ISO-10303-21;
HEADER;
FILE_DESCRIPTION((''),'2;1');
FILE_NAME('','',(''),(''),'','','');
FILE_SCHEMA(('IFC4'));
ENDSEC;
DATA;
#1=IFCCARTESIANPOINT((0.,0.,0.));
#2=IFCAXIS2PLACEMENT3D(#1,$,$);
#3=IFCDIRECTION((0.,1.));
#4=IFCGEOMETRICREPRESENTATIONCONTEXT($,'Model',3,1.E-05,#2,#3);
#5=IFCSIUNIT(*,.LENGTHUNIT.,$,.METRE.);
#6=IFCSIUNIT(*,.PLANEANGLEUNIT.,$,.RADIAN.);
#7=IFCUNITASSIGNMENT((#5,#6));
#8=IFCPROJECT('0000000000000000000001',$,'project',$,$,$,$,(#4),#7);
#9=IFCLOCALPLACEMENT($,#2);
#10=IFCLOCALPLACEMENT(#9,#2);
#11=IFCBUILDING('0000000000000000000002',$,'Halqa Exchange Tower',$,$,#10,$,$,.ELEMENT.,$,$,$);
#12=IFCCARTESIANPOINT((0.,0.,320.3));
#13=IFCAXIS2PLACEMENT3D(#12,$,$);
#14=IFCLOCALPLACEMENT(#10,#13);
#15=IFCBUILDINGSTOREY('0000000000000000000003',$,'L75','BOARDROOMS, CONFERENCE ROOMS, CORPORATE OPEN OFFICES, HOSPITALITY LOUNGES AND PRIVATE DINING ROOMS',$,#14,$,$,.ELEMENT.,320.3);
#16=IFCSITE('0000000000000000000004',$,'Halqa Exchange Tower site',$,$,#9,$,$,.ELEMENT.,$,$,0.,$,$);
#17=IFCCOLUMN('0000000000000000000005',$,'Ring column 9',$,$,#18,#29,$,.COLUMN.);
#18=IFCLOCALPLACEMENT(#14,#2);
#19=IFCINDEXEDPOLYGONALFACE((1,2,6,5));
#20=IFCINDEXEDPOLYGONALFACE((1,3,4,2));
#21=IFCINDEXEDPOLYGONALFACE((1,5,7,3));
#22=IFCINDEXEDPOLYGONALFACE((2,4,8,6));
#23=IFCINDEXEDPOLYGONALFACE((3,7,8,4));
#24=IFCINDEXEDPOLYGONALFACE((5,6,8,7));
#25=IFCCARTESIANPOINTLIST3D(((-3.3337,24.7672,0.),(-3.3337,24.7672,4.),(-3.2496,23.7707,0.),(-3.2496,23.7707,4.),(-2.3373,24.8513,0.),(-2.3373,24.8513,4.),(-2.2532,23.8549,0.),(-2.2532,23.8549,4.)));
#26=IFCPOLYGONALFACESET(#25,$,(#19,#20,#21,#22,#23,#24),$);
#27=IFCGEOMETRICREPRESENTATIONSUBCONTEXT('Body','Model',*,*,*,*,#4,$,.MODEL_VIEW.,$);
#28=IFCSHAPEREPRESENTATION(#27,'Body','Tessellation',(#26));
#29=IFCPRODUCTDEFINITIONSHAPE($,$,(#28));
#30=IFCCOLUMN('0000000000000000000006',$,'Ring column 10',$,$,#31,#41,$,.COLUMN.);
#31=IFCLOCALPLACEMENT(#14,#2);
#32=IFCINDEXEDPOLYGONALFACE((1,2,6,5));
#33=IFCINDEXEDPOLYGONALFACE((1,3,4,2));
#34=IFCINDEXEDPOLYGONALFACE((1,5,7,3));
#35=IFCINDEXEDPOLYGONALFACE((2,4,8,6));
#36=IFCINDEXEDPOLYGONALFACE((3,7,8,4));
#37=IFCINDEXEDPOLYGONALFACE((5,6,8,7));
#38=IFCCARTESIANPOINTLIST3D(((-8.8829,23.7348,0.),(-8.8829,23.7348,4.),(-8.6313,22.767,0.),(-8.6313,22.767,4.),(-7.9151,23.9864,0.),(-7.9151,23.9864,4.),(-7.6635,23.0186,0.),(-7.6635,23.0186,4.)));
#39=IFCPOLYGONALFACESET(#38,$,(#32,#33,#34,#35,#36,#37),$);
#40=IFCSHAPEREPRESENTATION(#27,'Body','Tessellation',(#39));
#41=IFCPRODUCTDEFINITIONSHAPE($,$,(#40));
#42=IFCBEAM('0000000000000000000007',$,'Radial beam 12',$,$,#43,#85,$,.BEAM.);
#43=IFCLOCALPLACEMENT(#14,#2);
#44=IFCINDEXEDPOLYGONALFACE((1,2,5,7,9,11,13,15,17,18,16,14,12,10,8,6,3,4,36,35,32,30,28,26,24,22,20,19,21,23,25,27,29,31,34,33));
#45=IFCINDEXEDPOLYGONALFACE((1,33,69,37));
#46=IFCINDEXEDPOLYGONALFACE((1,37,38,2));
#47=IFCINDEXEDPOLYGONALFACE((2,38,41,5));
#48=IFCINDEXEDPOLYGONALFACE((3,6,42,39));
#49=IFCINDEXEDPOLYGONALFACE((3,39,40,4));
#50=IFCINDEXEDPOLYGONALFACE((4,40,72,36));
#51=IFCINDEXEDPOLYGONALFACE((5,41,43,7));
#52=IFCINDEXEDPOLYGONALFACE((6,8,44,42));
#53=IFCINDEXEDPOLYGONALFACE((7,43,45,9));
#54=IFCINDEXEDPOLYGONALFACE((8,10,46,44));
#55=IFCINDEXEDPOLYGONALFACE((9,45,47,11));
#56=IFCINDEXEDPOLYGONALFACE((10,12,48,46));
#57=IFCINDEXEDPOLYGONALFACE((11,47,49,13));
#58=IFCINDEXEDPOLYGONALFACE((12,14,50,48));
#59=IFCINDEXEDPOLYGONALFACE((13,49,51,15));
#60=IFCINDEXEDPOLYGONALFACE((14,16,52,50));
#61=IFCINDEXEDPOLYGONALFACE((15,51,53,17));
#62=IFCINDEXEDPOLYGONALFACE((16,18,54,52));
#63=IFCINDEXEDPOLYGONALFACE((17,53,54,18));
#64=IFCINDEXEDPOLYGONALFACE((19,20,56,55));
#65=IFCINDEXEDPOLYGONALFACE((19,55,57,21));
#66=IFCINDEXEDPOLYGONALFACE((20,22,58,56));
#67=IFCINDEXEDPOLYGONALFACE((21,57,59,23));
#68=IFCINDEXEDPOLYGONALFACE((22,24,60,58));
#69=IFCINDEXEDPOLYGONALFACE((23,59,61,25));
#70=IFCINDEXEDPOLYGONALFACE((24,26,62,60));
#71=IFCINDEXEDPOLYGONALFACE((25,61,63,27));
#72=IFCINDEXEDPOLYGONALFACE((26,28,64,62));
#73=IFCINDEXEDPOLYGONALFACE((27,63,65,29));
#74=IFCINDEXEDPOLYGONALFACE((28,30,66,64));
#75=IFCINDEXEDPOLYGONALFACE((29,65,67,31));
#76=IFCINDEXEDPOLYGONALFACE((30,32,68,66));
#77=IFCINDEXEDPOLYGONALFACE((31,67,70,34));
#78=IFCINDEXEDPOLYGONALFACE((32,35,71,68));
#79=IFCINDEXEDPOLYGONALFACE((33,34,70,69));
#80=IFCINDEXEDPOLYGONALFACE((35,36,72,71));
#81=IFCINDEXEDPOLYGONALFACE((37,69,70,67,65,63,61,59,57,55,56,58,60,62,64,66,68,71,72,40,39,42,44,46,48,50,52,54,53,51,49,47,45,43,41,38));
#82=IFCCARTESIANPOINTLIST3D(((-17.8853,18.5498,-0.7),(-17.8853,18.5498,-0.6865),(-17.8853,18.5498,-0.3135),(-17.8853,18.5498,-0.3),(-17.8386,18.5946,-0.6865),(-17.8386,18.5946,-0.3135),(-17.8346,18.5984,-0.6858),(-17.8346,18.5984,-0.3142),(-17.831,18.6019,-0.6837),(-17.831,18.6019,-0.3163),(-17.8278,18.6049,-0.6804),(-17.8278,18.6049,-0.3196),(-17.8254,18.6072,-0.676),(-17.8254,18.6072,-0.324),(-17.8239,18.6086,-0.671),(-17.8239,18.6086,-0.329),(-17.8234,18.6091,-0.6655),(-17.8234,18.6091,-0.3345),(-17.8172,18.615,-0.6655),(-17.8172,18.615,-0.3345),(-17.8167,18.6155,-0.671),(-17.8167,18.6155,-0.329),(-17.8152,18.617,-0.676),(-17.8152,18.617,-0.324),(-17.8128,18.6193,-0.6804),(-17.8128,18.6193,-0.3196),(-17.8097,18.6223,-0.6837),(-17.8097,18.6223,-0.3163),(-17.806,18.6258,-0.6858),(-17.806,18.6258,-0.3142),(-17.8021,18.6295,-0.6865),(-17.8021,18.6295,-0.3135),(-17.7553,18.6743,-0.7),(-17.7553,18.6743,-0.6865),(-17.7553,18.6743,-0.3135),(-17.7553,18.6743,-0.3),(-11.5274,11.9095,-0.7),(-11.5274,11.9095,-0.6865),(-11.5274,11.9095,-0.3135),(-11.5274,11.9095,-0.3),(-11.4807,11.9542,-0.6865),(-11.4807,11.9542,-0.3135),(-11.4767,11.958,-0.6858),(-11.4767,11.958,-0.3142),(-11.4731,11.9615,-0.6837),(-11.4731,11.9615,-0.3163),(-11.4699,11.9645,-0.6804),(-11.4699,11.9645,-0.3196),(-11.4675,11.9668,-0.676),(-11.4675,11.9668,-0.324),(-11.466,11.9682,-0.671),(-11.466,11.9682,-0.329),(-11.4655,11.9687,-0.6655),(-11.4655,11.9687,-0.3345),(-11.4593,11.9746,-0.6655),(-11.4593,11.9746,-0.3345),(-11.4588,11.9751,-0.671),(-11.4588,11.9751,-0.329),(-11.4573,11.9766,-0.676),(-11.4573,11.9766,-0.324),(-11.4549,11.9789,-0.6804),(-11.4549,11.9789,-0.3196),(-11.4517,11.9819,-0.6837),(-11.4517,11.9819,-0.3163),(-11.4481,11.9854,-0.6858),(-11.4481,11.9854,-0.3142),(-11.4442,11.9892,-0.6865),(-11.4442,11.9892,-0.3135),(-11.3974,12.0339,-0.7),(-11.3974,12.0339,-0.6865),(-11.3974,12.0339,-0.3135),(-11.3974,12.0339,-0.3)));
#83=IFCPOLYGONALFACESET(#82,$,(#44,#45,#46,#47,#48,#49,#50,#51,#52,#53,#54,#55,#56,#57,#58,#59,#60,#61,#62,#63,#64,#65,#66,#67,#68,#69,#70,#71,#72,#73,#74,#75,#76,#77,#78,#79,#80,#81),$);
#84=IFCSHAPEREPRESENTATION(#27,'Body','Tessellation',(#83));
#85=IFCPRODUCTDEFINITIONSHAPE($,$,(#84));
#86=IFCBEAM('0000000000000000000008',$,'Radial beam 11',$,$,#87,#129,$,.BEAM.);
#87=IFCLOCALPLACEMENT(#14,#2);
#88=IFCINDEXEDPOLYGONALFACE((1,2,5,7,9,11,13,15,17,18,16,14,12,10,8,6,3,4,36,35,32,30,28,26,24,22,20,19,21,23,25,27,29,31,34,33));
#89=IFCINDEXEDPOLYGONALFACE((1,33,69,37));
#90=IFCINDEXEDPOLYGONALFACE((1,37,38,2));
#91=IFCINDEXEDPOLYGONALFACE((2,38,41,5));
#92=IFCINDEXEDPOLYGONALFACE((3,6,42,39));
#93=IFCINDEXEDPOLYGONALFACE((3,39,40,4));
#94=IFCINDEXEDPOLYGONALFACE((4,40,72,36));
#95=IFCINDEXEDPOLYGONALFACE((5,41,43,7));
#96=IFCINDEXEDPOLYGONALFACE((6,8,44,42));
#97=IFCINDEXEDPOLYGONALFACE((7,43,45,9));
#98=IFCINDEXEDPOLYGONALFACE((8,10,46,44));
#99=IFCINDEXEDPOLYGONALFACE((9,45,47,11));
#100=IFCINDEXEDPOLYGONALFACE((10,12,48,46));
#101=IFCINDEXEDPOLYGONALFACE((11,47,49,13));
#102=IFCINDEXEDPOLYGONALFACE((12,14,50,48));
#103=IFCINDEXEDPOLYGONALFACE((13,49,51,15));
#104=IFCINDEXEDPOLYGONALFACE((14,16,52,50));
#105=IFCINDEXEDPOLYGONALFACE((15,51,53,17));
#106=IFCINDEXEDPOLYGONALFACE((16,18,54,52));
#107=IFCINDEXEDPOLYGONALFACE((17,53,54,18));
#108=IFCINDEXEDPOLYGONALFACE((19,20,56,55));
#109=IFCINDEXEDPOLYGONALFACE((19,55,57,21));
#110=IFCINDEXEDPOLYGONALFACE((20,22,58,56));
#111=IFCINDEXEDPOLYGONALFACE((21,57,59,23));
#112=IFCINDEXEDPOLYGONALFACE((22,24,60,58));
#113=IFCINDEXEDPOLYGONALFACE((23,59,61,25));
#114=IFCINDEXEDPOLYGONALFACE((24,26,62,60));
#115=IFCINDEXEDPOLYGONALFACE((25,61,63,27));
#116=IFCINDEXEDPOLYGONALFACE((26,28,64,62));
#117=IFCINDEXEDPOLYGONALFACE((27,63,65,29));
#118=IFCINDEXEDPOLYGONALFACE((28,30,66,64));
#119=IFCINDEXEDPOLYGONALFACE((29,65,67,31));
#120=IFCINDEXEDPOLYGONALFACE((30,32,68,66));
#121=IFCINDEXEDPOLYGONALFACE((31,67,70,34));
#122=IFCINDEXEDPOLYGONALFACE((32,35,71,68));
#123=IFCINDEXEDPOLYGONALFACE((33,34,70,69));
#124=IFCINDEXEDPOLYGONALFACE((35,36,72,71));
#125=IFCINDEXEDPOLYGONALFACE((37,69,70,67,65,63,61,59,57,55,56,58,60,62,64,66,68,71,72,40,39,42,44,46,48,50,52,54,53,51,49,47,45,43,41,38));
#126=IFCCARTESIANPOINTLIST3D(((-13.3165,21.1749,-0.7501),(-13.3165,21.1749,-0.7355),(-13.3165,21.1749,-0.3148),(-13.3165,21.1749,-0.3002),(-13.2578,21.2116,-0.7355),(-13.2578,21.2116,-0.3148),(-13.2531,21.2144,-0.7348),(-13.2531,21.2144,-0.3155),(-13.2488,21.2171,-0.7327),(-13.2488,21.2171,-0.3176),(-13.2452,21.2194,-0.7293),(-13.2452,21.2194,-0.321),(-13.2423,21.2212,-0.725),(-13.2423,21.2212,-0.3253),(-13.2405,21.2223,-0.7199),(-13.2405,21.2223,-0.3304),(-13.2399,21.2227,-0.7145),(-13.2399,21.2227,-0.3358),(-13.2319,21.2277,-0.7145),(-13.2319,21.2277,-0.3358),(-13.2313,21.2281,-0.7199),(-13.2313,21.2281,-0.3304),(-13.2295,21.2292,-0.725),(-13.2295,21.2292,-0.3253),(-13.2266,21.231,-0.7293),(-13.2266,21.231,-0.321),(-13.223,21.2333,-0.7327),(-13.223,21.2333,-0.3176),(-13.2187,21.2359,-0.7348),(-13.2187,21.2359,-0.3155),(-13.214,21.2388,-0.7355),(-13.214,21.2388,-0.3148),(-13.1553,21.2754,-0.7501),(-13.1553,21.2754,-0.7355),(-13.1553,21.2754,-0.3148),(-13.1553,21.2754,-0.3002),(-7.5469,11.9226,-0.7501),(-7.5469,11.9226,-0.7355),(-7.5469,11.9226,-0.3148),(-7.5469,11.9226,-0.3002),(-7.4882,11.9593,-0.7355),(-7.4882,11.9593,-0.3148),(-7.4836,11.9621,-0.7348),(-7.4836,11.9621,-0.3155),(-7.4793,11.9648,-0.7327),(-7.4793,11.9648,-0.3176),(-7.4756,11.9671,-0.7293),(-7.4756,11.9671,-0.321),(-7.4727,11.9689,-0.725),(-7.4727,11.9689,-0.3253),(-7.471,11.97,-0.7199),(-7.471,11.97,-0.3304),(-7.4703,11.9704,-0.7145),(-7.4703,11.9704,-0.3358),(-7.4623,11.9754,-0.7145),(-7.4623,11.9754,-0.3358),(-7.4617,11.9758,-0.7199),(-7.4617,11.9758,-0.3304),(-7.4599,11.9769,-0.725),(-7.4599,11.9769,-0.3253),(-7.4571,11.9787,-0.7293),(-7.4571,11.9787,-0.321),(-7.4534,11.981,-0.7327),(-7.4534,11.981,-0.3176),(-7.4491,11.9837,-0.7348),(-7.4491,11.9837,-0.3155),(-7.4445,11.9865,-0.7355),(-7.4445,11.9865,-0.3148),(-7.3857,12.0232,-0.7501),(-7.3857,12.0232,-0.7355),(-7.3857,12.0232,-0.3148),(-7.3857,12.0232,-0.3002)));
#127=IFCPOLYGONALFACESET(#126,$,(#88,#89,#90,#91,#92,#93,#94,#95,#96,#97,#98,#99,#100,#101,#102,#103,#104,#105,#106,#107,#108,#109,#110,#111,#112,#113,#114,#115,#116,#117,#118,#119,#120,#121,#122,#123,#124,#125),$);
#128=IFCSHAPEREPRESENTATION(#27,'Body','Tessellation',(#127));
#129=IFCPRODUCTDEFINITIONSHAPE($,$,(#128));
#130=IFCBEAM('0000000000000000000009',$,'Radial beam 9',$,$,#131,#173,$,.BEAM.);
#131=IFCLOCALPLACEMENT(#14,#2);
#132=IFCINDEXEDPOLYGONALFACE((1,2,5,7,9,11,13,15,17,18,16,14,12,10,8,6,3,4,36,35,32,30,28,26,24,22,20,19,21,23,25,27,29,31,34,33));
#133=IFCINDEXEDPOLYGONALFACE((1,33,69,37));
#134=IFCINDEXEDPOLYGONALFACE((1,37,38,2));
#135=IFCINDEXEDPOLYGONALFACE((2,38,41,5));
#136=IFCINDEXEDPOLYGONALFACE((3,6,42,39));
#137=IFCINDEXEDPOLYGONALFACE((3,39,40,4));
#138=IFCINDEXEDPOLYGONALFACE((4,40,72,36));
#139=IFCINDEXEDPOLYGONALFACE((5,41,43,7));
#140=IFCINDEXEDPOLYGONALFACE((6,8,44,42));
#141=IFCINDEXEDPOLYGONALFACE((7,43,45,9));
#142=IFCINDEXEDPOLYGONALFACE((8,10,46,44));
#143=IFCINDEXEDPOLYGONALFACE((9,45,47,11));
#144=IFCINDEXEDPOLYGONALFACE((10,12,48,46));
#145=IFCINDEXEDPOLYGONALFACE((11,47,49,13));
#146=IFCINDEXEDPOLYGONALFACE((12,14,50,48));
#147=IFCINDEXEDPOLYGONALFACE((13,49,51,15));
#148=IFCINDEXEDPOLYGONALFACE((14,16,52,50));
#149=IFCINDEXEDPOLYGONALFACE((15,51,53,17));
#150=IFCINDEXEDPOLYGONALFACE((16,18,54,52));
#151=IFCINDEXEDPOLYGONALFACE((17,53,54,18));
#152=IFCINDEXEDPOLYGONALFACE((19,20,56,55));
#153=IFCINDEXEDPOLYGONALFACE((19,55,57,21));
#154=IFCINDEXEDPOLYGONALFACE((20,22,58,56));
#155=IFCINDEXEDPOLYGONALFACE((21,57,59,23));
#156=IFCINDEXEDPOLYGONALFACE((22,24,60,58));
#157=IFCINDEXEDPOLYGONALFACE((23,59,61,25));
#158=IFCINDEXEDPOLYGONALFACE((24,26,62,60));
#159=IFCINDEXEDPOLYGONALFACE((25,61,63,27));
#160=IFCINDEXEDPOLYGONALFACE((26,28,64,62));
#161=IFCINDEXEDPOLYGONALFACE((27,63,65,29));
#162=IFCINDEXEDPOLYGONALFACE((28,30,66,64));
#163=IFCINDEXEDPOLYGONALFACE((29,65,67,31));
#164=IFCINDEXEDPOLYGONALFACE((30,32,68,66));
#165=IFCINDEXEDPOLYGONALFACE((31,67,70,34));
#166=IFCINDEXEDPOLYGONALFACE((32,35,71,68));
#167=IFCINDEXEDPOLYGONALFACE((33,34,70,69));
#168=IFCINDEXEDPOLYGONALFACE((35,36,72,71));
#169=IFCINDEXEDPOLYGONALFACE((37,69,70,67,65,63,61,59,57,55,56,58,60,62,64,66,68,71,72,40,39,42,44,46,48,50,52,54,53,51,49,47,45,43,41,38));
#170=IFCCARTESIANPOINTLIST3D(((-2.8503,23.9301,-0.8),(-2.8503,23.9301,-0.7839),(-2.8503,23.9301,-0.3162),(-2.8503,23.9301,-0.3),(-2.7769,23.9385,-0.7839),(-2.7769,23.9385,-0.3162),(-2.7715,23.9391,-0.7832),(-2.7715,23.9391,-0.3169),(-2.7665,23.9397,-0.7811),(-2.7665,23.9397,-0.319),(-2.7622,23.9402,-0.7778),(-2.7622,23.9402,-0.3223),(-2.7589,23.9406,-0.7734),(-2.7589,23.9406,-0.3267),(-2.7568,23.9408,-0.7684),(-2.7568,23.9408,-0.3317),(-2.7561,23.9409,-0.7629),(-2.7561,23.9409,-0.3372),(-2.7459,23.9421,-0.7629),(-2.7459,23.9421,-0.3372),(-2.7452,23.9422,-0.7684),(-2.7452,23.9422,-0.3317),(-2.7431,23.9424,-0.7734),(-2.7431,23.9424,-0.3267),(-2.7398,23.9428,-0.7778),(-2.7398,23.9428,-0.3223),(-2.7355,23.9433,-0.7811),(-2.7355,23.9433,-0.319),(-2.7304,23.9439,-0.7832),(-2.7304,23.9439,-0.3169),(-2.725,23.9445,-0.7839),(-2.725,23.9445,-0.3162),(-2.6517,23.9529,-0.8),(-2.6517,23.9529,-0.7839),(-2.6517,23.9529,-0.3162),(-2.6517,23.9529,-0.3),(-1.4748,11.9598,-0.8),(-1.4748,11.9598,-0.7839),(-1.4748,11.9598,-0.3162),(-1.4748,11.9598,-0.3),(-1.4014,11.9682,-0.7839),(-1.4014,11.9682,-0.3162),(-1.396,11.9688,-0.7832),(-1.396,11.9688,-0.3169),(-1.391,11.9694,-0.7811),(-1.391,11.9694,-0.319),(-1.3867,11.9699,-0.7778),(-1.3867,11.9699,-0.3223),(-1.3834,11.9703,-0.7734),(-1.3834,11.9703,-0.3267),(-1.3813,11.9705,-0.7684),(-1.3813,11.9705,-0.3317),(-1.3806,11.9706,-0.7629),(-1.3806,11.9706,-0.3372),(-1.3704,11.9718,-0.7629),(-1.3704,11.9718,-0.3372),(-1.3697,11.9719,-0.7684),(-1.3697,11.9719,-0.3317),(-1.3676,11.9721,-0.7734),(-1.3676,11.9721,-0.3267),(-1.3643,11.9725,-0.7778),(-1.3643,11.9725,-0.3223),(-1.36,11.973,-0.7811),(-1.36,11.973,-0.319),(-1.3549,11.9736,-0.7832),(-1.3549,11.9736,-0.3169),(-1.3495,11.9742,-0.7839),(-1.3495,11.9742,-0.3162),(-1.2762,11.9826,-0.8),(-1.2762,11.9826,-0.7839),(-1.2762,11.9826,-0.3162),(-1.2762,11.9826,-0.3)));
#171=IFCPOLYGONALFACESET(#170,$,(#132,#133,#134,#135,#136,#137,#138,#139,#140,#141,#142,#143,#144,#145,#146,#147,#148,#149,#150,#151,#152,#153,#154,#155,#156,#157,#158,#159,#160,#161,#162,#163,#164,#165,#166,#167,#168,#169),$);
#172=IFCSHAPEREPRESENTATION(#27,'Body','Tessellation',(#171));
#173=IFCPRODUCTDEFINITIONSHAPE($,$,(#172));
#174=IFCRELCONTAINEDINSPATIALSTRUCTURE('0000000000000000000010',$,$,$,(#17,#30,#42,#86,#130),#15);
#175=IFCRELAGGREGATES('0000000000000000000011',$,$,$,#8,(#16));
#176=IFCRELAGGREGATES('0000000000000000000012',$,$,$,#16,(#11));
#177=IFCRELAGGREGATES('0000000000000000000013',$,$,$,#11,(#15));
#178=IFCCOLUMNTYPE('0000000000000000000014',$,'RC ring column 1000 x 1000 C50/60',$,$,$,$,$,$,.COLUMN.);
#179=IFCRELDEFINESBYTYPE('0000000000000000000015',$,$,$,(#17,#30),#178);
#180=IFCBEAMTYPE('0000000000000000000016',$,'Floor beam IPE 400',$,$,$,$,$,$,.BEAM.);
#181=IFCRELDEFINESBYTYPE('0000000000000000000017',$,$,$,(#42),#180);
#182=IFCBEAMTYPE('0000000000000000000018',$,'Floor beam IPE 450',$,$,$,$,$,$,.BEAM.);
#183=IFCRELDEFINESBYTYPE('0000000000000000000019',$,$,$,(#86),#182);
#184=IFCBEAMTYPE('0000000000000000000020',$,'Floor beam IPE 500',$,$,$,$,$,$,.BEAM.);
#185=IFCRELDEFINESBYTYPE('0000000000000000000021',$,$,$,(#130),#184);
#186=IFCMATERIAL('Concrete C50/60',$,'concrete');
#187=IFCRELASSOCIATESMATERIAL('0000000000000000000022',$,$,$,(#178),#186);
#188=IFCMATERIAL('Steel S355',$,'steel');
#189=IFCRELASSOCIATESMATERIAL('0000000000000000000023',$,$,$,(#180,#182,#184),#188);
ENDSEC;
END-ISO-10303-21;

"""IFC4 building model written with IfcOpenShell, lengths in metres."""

from ifc_helpers import new_model, si_unit, direction, frame, origin, origin_2d, place, context, subcontext, project, spatial, rectangle, i_section, extrude, material, material_profile, profile_set, type_object, element, save


model = new_model("IFC4")

# Units and contexts
model_context = context("Model", 3, precision=1e-05, world=origin(), true_north=direction((0.0, 1.0)))
body_context = subcontext(model_context, "Body", "Model", "MODEL_VIEW")
ifc_project = project(units=[si_unit("LENGTHUNIT", "METRE"), si_unit("PLANEANGLEUNIT", "RADIAN")], contexts=[model_context])

# Site, building, storey
site_placement = place(None, origin())
site = spatial("IfcSite", under=ifc_project, at=site_placement, Name="Halqa Exchange Tower site", CompositionType="ELEMENT", RefElevation=0.0)
building_placement = place(site_placement, origin())
building = spatial("IfcBuilding", under=site, at=building_placement, Name="Halqa Exchange Tower", CompositionType="ELEMENT")
storey_placement = place(building_placement, frame((0.0, 0.0, 320.3)))
storey = spatial("IfcBuildingStorey", under=building, at=storey_placement, Name="L75", Description="BOARDROOMS, CONFERENCE ROOMS, CORPORATE OPEN OFFICES, HOSPITALITY LOUNGES AND PRIVATE DINING ROOMS", CompositionType="ELEMENT", Elevation=320.3)

# Columns
ifc_material_1 = material(Name="Concrete C50/60", Category="concrete")
ifc_material_profile_1 = material_profile(ifc_material_1, rectangle(XDim=1.0, YDim=1.0, at=origin_2d()), Name="1000 x 1000")
ifc_profile_set_1 = profile_set([ifc_material_profile_1], Name="Concrete C50/60")
column_type = type_object("IfcColumnType", Name="RC ring column 1000 x 1000 C50/60", PredefinedType="COLUMN", material=ifc_profile_set_1)
for number, where, z_axis, x_axis, name in (
    (1, (-2.7935, 24.311, 0.0), (0.0, 0.0, 1.0), (-0.996455, -0.084127, 0.0), "Ring column 9"),
    (2, (-8.2732, 23.3767, 0.0), (0.0, 0.0, 1.0), (-0.967819, -0.251647, 0.0), "Ring column 10"),
):
    element("IfcColumn", number, at=place(storey_placement, frame(where, z_axis=z_axis, x_axis=x_axis)), inside=storey, type_object=column_type, Name=name, PredefinedType="COLUMN", context=body_context, shape_type="SweptSolid", body=[
        extrude(rectangle(XDim=1.0, YDim=1.0, at=origin_2d()), origin(), (0.0, 0.0, 1.0), 4.0),
    ])

# Beams
ifc_material_2 = material(Name="Steel S355", Category="steel")
ifc_material_profile_2 = material_profile(ifc_material_2, i_section(OverallWidth=0.1799, OverallDepth=0.3999, WebThickness=0.0085, FlangeThickness=0.0134, FilletRadius=0.021, at=origin_2d()), Name="IPE 400")
ifc_profile_set_2 = profile_set([ifc_material_profile_2], Name="Steel S355")
beam_type_1 = type_object("IfcBeamType", Name="Floor beam IPE 400", PredefinedType="BEAM", material=ifc_profile_set_2)
beam_1_placement = place(storey_placement, frame((-11.4624, 11.9717, -0.5), z_axis=(-0.691577, 0.722303, 0.0), x_axis=(-0.722303, -0.691577, 0.0)))
element("IfcBeam", 3, at=beam_1_placement, inside=storey, type_object=beam_type_1, Name="Radial beam 12", PredefinedType="BEAM", context=body_context, shape_type="SweptSolid", body=[
    extrude(i_section(OverallWidth=0.1799, OverallDepth=0.3999, WebThickness=0.0085, FlangeThickness=0.0134, FilletRadius=0.021, at=origin_2d()), origin(), (0.0, 0.0, 1.0), 9.1934),
])
ifc_material_profile_3 = material_profile(ifc_material_2, i_section(OverallWidth=0.1899, OverallDepth=0.45, WebThickness=0.0095, FlangeThickness=0.0146, FilletRadius=0.021, at=origin_2d()), Name="IPE 450")
ifc_profile_set_3 = profile_set([ifc_material_profile_3], Name="Steel S355")
beam_type_2 = type_object("IfcBeamType", Name="Floor beam IPE 450", PredefinedType="BEAM", material=ifc_profile_set_3)
beam_2_placement = place(storey_placement, frame((-7.4663, 11.9729, -0.5251), z_axis=(-0.529135, 0.848538, 0.0), x_axis=(-0.848538, -0.529135, 0.0)))
element("IfcBeam", 4, at=beam_2_placement, inside=storey, type_object=beam_type_2, Name="Radial beam 11", PredefinedType="BEAM", context=body_context, shape_type="SweptSolid", body=[
    extrude(i_section(OverallWidth=0.1899, OverallDepth=0.45, WebThickness=0.0095, FlangeThickness=0.0146, FilletRadius=0.021, at=origin_2d()), origin(), (0.0, 0.0, 1.0), 10.9038),
])
ifc_material_profile_4 = material_profile(ifc_material_2, i_section(OverallWidth=0.2, OverallDepth=0.5, WebThickness=0.0103, FlangeThickness=0.0161, FilletRadius=0.021, at=origin_2d()), Name="IPE 500")
ifc_profile_set_4 = profile_set([ifc_material_profile_4], Name="Steel S355")
beam_type_3 = type_object("IfcBeamType", Name="Floor beam IPE 500", PredefinedType="BEAM", material=ifc_profile_set_4)
beam_3_placement = place(storey_placement, frame((-1.3755, 11.9712, -0.55), z_axis=(-0.114158, 0.993463, 0.0), x_axis=(-0.993463, -0.114158, 0.0)))
element("IfcBeam", 5, at=beam_3_placement, inside=storey, type_object=beam_type_3, Name="Radial beam 9", PredefinedType="BEAM", context=body_context, shape_type="SweptSolid", body=[
    extrude(i_section(OverallWidth=0.2, OverallDepth=0.5, WebThickness=0.0103, FlangeThickness=0.0161, FilletRadius=0.021, at=origin_2d()), origin(), (0.0, 0.0, 1.0), 12.0491),
])

save(model, "model.ifc")
